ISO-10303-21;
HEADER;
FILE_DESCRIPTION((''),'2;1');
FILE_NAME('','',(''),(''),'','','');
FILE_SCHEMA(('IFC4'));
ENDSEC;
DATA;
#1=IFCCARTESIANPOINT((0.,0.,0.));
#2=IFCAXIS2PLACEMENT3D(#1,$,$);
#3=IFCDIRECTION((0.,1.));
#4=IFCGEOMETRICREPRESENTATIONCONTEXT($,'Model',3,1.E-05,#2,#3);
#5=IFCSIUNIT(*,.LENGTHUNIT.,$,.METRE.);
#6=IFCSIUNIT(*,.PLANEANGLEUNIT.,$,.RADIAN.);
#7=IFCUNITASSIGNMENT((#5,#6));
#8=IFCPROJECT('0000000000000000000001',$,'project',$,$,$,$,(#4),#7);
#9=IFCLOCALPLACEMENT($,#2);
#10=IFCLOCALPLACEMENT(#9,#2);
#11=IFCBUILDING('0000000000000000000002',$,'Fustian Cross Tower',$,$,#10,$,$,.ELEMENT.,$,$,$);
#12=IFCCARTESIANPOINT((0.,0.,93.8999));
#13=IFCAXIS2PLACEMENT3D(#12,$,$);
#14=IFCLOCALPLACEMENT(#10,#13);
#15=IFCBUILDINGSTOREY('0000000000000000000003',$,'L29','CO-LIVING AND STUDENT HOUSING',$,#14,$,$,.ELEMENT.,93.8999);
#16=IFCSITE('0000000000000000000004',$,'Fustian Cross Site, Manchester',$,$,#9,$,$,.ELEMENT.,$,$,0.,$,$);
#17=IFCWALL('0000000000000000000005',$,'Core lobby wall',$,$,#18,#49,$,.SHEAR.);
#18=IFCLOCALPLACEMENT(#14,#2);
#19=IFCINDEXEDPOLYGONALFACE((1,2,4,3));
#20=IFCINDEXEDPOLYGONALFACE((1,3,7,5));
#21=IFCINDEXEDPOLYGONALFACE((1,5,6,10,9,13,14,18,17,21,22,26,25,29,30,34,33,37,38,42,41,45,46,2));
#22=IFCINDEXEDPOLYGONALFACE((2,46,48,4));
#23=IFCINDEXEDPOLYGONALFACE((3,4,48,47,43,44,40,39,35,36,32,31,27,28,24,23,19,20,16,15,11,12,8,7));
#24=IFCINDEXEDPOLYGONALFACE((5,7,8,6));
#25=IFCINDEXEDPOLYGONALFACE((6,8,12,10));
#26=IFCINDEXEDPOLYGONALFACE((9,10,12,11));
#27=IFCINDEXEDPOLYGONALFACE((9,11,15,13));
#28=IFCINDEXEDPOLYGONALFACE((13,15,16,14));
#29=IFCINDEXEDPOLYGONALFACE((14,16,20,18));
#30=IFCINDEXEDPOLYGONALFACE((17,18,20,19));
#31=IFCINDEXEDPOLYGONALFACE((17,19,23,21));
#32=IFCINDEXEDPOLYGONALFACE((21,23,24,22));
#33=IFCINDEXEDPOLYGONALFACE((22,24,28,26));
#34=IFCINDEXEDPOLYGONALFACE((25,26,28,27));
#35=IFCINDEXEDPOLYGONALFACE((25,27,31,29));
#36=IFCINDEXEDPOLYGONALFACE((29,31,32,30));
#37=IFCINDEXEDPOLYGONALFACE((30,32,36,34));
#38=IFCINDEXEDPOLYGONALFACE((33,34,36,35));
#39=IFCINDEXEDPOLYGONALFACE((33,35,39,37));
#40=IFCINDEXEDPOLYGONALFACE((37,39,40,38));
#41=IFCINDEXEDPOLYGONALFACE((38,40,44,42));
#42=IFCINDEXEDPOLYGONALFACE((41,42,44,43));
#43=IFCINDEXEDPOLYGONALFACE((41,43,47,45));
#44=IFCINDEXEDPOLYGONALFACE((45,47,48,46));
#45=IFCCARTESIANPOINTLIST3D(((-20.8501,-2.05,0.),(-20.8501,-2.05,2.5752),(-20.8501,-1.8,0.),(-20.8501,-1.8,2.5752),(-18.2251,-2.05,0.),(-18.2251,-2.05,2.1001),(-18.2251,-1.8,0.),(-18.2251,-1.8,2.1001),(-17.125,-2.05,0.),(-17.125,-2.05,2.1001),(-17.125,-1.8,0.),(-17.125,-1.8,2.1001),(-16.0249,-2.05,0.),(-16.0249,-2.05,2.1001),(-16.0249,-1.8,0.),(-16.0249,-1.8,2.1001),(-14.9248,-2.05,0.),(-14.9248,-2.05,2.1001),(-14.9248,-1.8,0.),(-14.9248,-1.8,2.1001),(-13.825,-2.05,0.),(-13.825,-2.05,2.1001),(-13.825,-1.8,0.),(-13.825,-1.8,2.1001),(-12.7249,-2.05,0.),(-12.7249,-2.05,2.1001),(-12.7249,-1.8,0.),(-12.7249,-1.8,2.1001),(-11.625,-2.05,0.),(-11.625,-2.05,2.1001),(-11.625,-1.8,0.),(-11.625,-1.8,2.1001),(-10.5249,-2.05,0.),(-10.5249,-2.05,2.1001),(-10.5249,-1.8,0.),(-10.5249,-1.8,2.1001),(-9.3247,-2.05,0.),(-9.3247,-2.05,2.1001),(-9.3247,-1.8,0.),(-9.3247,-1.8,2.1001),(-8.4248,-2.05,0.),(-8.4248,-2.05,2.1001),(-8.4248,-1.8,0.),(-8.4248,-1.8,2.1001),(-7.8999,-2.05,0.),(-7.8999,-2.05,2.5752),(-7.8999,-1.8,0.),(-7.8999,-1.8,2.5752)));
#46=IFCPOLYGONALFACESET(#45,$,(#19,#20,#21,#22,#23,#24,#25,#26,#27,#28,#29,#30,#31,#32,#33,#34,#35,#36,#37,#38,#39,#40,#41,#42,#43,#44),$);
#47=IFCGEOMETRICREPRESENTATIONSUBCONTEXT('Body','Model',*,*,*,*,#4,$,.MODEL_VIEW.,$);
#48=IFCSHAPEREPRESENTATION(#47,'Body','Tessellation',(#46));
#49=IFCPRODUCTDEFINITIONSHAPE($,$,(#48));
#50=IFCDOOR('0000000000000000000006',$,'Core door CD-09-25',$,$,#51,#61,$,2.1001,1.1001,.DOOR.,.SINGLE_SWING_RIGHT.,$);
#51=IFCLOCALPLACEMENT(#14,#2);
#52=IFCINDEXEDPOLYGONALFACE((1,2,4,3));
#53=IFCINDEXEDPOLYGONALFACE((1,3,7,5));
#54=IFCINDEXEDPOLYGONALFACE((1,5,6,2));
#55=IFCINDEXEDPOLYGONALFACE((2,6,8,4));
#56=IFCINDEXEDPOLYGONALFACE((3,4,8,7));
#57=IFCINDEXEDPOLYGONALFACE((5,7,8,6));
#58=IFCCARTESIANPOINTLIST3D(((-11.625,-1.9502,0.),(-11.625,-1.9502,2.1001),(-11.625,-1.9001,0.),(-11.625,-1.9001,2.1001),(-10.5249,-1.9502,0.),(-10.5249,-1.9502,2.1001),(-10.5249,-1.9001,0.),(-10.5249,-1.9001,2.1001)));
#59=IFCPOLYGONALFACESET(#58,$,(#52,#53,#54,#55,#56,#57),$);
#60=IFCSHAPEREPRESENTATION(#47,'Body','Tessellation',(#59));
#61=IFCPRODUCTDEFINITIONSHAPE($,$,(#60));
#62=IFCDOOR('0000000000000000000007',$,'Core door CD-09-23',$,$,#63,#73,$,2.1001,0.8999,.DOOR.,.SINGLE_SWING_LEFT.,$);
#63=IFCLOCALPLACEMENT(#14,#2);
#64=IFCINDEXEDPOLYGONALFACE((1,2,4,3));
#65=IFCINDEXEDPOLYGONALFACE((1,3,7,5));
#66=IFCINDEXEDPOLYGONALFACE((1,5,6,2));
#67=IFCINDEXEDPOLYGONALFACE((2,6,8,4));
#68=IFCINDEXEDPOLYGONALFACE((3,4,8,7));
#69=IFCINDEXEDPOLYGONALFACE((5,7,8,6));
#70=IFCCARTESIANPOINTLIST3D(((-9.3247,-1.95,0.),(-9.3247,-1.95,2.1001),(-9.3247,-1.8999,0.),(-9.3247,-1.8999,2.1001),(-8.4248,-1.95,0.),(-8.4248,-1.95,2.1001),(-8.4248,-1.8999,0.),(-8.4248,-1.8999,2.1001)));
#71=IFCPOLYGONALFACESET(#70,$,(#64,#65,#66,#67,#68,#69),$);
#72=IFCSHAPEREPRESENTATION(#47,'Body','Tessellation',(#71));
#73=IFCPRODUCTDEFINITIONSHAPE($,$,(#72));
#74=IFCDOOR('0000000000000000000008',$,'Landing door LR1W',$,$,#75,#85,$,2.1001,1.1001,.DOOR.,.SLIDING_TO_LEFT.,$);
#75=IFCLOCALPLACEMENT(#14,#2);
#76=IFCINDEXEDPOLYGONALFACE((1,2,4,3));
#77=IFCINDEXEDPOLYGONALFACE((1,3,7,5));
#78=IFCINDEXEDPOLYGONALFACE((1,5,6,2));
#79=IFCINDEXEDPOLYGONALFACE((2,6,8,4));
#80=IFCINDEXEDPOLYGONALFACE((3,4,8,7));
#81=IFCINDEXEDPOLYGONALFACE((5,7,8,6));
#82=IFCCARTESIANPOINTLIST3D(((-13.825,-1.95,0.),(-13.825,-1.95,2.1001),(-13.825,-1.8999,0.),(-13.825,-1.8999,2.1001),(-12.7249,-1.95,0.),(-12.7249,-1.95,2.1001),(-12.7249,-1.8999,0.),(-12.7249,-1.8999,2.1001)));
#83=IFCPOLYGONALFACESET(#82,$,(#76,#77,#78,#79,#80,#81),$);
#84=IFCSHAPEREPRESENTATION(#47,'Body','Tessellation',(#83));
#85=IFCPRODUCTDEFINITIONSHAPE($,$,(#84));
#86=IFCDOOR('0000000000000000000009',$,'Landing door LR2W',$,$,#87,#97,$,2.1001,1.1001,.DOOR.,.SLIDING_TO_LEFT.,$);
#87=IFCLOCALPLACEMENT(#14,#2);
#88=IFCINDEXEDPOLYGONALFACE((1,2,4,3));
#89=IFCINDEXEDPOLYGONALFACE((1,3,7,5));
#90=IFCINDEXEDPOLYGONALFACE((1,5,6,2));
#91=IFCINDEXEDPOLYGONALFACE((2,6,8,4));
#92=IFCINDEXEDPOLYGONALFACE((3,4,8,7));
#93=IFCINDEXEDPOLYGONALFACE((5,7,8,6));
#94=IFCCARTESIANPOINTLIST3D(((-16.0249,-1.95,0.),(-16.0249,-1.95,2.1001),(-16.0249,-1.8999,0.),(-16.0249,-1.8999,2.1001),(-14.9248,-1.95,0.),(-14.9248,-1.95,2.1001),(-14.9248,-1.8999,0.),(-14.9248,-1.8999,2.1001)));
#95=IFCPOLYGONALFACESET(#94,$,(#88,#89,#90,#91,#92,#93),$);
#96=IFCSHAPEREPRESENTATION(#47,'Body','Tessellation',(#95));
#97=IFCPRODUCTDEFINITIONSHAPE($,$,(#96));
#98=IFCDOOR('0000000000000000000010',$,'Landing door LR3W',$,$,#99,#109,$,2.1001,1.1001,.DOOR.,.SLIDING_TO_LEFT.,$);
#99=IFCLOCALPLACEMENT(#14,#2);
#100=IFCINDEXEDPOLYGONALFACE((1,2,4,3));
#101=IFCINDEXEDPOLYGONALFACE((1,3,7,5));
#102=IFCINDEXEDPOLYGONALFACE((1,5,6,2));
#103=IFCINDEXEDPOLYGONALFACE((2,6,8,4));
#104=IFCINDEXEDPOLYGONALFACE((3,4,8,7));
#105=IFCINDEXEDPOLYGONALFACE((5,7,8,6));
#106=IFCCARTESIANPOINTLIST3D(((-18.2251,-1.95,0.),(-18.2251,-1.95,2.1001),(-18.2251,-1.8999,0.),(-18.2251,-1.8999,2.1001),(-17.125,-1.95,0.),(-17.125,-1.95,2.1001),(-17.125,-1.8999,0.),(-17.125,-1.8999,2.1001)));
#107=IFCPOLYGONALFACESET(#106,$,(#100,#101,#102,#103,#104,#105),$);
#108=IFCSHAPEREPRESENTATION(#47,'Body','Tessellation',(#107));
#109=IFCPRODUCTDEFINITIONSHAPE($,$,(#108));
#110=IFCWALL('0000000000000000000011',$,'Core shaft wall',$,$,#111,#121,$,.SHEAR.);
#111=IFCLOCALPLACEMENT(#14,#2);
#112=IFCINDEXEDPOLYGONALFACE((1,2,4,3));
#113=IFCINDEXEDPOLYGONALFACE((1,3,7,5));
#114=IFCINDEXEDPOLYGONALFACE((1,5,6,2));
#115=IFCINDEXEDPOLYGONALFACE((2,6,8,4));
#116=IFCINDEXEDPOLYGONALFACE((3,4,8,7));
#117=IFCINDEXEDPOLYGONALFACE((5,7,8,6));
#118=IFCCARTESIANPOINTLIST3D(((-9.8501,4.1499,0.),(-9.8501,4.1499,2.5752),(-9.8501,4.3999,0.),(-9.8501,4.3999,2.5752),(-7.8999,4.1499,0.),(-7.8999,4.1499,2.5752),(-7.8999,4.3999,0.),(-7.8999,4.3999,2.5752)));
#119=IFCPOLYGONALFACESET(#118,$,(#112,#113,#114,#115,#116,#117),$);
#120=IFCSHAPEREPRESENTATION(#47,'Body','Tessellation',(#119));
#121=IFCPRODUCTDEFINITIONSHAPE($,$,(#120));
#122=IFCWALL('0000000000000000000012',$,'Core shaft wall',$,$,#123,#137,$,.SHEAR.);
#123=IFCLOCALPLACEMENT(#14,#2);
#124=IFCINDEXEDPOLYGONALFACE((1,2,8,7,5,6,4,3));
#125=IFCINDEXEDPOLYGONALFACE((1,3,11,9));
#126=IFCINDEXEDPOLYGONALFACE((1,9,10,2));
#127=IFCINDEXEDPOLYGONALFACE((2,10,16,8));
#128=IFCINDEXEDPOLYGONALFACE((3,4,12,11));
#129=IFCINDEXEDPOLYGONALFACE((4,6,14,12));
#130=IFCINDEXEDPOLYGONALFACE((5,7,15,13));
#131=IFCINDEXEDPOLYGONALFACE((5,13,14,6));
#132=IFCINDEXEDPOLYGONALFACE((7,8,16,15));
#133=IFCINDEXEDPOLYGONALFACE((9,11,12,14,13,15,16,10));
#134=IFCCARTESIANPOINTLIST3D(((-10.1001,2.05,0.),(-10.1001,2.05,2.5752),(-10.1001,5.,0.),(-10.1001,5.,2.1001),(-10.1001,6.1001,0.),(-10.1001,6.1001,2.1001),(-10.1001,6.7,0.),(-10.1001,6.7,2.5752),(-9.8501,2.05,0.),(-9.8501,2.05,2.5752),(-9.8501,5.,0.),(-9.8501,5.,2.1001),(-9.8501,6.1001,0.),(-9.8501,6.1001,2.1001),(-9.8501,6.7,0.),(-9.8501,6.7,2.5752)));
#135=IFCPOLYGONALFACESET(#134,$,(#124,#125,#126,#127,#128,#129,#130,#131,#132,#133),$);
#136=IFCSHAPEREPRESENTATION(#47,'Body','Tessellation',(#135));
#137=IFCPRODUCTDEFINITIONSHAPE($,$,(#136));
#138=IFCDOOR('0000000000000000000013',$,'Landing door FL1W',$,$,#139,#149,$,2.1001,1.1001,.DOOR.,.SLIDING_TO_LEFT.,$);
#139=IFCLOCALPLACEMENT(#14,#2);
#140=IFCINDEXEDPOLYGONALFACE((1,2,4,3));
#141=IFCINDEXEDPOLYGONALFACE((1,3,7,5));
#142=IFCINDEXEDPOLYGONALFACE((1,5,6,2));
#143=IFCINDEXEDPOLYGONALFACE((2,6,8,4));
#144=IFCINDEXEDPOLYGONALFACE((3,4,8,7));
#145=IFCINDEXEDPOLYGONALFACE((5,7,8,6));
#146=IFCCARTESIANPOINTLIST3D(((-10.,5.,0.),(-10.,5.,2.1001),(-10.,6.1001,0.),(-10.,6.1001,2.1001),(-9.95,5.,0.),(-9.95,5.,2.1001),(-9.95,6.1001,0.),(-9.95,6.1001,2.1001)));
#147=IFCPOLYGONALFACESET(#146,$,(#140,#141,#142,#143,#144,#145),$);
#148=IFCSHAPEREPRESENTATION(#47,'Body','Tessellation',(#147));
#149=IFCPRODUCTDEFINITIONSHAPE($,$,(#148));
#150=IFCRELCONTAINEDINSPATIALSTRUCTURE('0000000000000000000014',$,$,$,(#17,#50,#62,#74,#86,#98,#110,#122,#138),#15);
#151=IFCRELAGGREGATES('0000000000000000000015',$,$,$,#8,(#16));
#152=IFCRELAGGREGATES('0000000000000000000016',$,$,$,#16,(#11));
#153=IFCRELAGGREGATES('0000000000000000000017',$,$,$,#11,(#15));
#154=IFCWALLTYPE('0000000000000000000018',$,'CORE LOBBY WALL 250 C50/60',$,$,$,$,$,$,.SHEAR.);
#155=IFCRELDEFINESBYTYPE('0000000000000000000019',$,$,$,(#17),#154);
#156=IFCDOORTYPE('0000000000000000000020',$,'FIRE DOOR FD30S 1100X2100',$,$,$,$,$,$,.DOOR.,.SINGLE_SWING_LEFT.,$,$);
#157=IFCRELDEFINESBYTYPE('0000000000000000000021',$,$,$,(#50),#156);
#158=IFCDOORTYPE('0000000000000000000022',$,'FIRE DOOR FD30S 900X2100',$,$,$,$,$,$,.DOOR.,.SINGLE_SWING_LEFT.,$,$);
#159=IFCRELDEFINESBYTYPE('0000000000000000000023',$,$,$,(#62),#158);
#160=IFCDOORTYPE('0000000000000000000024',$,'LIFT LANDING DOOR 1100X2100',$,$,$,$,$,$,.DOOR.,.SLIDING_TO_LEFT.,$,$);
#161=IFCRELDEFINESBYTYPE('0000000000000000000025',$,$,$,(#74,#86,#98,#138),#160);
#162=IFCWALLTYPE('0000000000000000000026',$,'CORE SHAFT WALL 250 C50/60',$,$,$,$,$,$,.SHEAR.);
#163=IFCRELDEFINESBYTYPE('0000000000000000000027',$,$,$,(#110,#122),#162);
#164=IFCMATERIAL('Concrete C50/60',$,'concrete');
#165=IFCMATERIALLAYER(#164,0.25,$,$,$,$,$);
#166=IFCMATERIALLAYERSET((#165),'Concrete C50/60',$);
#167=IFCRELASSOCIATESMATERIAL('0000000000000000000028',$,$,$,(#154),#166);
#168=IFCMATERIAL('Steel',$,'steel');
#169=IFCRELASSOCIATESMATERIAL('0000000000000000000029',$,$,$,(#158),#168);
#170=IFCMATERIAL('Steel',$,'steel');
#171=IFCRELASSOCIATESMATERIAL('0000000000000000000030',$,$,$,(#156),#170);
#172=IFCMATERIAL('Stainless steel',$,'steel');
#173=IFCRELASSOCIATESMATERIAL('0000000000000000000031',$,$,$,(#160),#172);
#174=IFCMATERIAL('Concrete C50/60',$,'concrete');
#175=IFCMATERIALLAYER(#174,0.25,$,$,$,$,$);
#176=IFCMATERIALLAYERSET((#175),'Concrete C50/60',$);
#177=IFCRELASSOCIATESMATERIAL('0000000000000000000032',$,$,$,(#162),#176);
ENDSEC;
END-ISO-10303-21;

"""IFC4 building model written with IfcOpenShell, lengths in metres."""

from ifc_helpers import new_model, si_unit, direction, frame, frame_2d, origin, place, context, subcontext, project, spatial, rectangle, extrude, material, layer, layer_set, type_object, element, fill, save


model = new_model("IFC4")

# Units and contexts
model_context = context("Model", 3, precision=1e-05, world=origin(), true_north=direction((0.0, 1.0)))
body_context = subcontext(model_context, "Body", "Model", "MODEL_VIEW")
ifc_project = project(units=[si_unit("LENGTHUNIT", "METRE"), si_unit("PLANEANGLEUNIT", "RADIAN")], contexts=[model_context])

# Site, building, storey
site_placement = place(None, origin())
site = spatial("IfcSite", under=ifc_project, at=site_placement, Name="Fustian Cross Site, Manchester", CompositionType="ELEMENT", RefElevation=0.0)
building_placement = place(site_placement, origin())
building = spatial("IfcBuilding", under=site, at=building_placement, Name="Fustian Cross Tower", CompositionType="ELEMENT")
storey_placement = place(building_placement, frame((0.0, 0.0, 93.8999)))
storey = spatial("IfcBuildingStorey", under=building, at=storey_placement, Name="L29", Description="CO-LIVING AND STUDENT HOUSING", CompositionType="ELEMENT", Elevation=93.8999)

# Wall, openings, doors
ifc_material_1 = material(Name="Concrete C50/60", Category="concrete")
ifc_layer_1 = layer(ifc_material_1, 0.25)
ifc_layer_set_1 = layer_set([ifc_layer_1], Name="Concrete C50/60")
wall_type_1 = type_object("IfcWallType", Name="CORE LOBBY WALL 250 C50/60", PredefinedType="SHEAR", material=ifc_layer_set_1)
ifc_material_2 = material(Name="Steel", Category="steel")
door_type_1 = type_object("IfcDoorType", Name="FIRE DOOR FD30S 900X2100", OperationType="SINGLE_SWING_LEFT", PredefinedType="DOOR", material=ifc_material_2)
wall_1_placement = place(storey_placement, frame((-7.8999, -1.925, 0.0), z_axis=(0.0, 0.0, 1.0), x_axis=(-1.0, 0.0, 0.0)))
wall_1 = element("IfcWall", 1, at=wall_1_placement, inside=storey, type_object=wall_type_1, Name="Core lobby wall", PredefinedType="SHEAR", context=body_context, shape_type="SweptSolid", body=[
    extrude(rectangle(XDim=12.9502, YDim=0.25, at=frame_2d((6.4751, 0.0))), origin(), (0.0, 0.0, 1.0), 2.5752),
])
opening_1_placement = place(wall_1_placement, frame((4.825, 0.0, 0.0)))
opening_1 = element("IfcOpeningElement", 2, at=opening_1_placement, cuts=wall_1, PredefinedType="OPENING", context=body_context, shape_type="SweptSolid", body=[
    extrude(rectangle(XDim=1.1001, YDim=2.1001, at=frame_2d((0.55, 1.05))), frame((0.0, 0.135, 0.0), z_axis=(0.0, -1.0, 0.0), x_axis=(1.0, 0.0, 0.0)), (0.0, 0.0, 1.0), 0.27),
])
opening_2_placement = place(wall_1_placement, frame((7.0249, 0.0, 0.0)))
opening_2 = element("IfcOpeningElement", 3, at=opening_2_placement, cuts=wall_1, PredefinedType="OPENING", context=body_context, shape_type="SweptSolid", body=[
    extrude(rectangle(XDim=1.1001, YDim=2.1001, at=frame_2d((0.55, 1.05))), frame((0.0, 0.135, 0.0), z_axis=(0.0, -1.0, 0.0), x_axis=(1.0, 0.0, 0.0)), (0.0, 0.0, 1.0), 0.27),
])
opening_3_placement = place(wall_1_placement, frame((9.2251, 0.0, 0.0)))
opening_3 = element("IfcOpeningElement", 4, at=opening_3_placement, cuts=wall_1, PredefinedType="OPENING", context=body_context, shape_type="SweptSolid", body=[
    extrude(rectangle(XDim=1.1001, YDim=2.1001, at=frame_2d((0.55, 1.05))), frame((0.0, 0.135, 0.0), z_axis=(0.0, -1.0, 0.0), x_axis=(1.0, 0.0, 0.0)), (0.0, 0.0, 1.0), 0.27),
])
opening_4_placement = place(wall_1_placement, frame((0.5249, 0.0, 0.0)))
opening_4 = element("IfcOpeningElement", 5, at=opening_4_placement, cuts=wall_1, PredefinedType="OPENING", context=body_context, shape_type="SweptSolid", body=[
    extrude(rectangle(XDim=0.8999, YDim=2.1001, at=frame_2d((0.45, 1.05))), frame((0.0, 0.135, 0.0), z_axis=(0.0, -1.0, 0.0), x_axis=(1.0, 0.0, 0.0)), (0.0, 0.0, 1.0), 0.27),
])
opening_5_placement = place(wall_1_placement, frame((2.625, 0.0, 0.0)))
opening_5 = element("IfcOpeningElement", 6, at=opening_5_placement, cuts=wall_1, PredefinedType="OPENING", context=body_context, shape_type="SweptSolid", body=[
    extrude(rectangle(XDim=1.1001, YDim=2.1001, at=frame_2d((0.55, 1.05))), frame((0.0, 0.135, 0.0), z_axis=(0.0, -1.0, 0.0), x_axis=(1.0, 0.0, 0.0)), (0.0, 0.0, 1.0), 0.27),
])
ifc_material_3 = material(Name="Steel", Category="steel")
door_type_2 = type_object("IfcDoorType", Name="FIRE DOOR FD30S 1100X2100", OperationType="SINGLE_SWING_LEFT", PredefinedType="DOOR", material=ifc_material_3)
door_1_placement = place(opening_5_placement, frame((1.1001, 0.0, 0.0), z_axis=(0.0, 0.0, 1.0), x_axis=(-1.0, 0.0, 0.0)))
door_1 = element("IfcDoor", 7, at=door_1_placement, inside=storey, type_object=door_type_2, Name="Core door CD-09-25", OperationType="SINGLE_SWING_RIGHT", OverallHeight=2.1001, OverallWidth=1.1001, PredefinedType="DOOR", context=body_context, shape_type="SweptSolid", body=[
    extrude(rectangle(XDim=1.1001, YDim=2.1001, at=frame_2d((0.55, 1.05))), frame((0.0, 0.0249, 0.0), z_axis=(0.0, -1.0, 0.0), x_axis=(1.0, 0.0, 0.0)), (0.0, 0.0, 1.0), 0.05),
])
fill(opening_5, door_1)
door_2_placement = place(opening_4_placement, origin())
door_2 = element("IfcDoor", 8, at=door_2_placement, inside=storey, type_object=door_type_1, Name="Core door CD-09-23", OperationType="SINGLE_SWING_LEFT", OverallHeight=2.1001, OverallWidth=0.8999, PredefinedType="DOOR", context=body_context, shape_type="SweptSolid", body=[
    extrude(rectangle(XDim=0.8999, YDim=2.1001, at=frame_2d((0.45, 1.05))), frame((0.0, 0.0249, 0.0), z_axis=(0.0, -1.0, 0.0), x_axis=(1.0, 0.0, 0.0)), (0.0, 0.0, 1.0), 0.05),
])
fill(opening_4, door_2)
ifc_material_4 = material(Name="Stainless steel", Category="steel")
door_type_3 = type_object("IfcDoorType", Name="LIFT LANDING DOOR 1100X2100", OperationType="SLIDING_TO_LEFT", PredefinedType="DOOR", material=ifc_material_4)
door_3_placement = place(opening_1_placement, origin())
door_3 = element("IfcDoor", 9, at=door_3_placement, inside=storey, type_object=door_type_3, Name="Landing door LR1W", OperationType="SLIDING_TO_LEFT", OverallHeight=2.1001, OverallWidth=1.1001, PredefinedType="DOOR", context=body_context, shape_type="SweptSolid", body=[
    extrude(rectangle(XDim=1.1001, YDim=2.1001, at=frame_2d((0.55, 1.05))), frame((0.0, 0.0249, 0.0), z_axis=(0.0, -1.0, 0.0), x_axis=(1.0, 0.0, 0.0)), (0.0, 0.0, 1.0), 0.05),
])
fill(opening_1, door_3)
door_4_placement = place(opening_2_placement, origin())
door_4 = element("IfcDoor", 10, at=door_4_placement, inside=storey, type_object=door_type_3, Name="Landing door LR2W", OperationType="SLIDING_TO_LEFT", OverallHeight=2.1001, OverallWidth=1.1001, PredefinedType="DOOR", context=body_context, shape_type="SweptSolid", body=[
    extrude(rectangle(XDim=1.1001, YDim=2.1001, at=frame_2d((0.55, 1.05))), frame((0.0, 0.0249, 0.0), z_axis=(0.0, -1.0, 0.0), x_axis=(1.0, 0.0, 0.0)), (0.0, 0.0, 1.0), 0.05),
])
fill(opening_2, door_4)
door_5_placement = place(opening_3_placement, origin())
door_5 = element("IfcDoor", 11, at=door_5_placement, inside=storey, type_object=door_type_3, Name="Landing door LR3W", OperationType="SLIDING_TO_LEFT", OverallHeight=2.1001, OverallWidth=1.1001, PredefinedType="DOOR", context=body_context, shape_type="SweptSolid", body=[
    extrude(rectangle(XDim=1.1001, YDim=2.1001, at=frame_2d((0.55, 1.05))), frame((0.0, 0.0249, 0.0), z_axis=(0.0, -1.0, 0.0), x_axis=(1.0, 0.0, 0.0)), (0.0, 0.0, 1.0), 0.05),
])
fill(opening_3, door_5)

# Wall
ifc_material_5 = material(Name="Concrete C50/60", Category="concrete")
ifc_layer_2 = layer(ifc_material_5, 0.25)
ifc_layer_set_2 = layer_set([ifc_layer_2], Name="Concrete C50/60")
wall_type_2 = type_object("IfcWallType", Name="CORE SHAFT WALL 250 C50/60", PredefinedType="SHEAR", material=ifc_layer_set_2)
wall_2_placement = place(storey_placement, frame((-7.8999, 4.2749, 0.0), z_axis=(0.0, 0.0, 1.0), x_axis=(-1.0, 0.0, 0.0)))
element("IfcWall", 12, at=wall_2_placement, inside=storey, type_object=wall_type_2, Name="Core shaft wall", PredefinedType="SHEAR", context=body_context, shape_type="SweptSolid", body=[
    extrude(rectangle(XDim=1.9502, YDim=0.25, at=frame_2d((0.9751, 0.0))), origin(), (0.0, 0.0, 1.0), 2.5752),
])

# Wall, opening, door
wall_3_placement = place(storey_placement, frame((-9.9751, 2.05, 0.0), z_axis=(0.0, 0.0, 1.0), x_axis=(0.0, 1.0, 0.0)))
wall_3 = element("IfcWall", 13, at=wall_3_placement, inside=storey, type_object=wall_type_2, Name="Core shaft wall", PredefinedType="SHEAR", context=body_context, shape_type="SweptSolid", body=[
    extrude(rectangle(XDim=4.6499, YDim=0.25, at=frame_2d((2.325, 0.0))), origin(), (0.0, 0.0, 1.0), 2.5752),
])
opening_6_placement = place(wall_3_placement, frame((2.95, 0.0, 0.0)))
opening_6 = element("IfcOpeningElement", 14, at=opening_6_placement, cuts=wall_3, PredefinedType="OPENING", context=body_context, shape_type="SweptSolid", body=[
    extrude(rectangle(XDim=1.1001, YDim=2.1001, at=frame_2d((0.55, 1.05))), frame((0.0, 0.135, 0.0), z_axis=(0.0, -1.0, 0.0), x_axis=(1.0, 0.0, 0.0)), (0.0, 0.0, 1.0), 0.27),
])
door_6_placement = place(opening_6_placement, origin())
door_6 = element("IfcDoor", 15, at=door_6_placement, inside=storey, type_object=door_type_3, Name="Landing door FL1W", OperationType="SLIDING_TO_LEFT", OverallHeight=2.1001, OverallWidth=1.1001, PredefinedType="DOOR", context=body_context, shape_type="SweptSolid", body=[
    extrude(rectangle(XDim=1.1001, YDim=2.1001, at=frame_2d((0.55, 1.05))), frame((0.0, 0.0249, 0.0), z_axis=(0.0, -1.0, 0.0), x_axis=(1.0, 0.0, 0.0)), (0.0, 0.0, 1.0), 0.05),
])
fill(opening_6, door_6)

save(model, "model.ifc")
